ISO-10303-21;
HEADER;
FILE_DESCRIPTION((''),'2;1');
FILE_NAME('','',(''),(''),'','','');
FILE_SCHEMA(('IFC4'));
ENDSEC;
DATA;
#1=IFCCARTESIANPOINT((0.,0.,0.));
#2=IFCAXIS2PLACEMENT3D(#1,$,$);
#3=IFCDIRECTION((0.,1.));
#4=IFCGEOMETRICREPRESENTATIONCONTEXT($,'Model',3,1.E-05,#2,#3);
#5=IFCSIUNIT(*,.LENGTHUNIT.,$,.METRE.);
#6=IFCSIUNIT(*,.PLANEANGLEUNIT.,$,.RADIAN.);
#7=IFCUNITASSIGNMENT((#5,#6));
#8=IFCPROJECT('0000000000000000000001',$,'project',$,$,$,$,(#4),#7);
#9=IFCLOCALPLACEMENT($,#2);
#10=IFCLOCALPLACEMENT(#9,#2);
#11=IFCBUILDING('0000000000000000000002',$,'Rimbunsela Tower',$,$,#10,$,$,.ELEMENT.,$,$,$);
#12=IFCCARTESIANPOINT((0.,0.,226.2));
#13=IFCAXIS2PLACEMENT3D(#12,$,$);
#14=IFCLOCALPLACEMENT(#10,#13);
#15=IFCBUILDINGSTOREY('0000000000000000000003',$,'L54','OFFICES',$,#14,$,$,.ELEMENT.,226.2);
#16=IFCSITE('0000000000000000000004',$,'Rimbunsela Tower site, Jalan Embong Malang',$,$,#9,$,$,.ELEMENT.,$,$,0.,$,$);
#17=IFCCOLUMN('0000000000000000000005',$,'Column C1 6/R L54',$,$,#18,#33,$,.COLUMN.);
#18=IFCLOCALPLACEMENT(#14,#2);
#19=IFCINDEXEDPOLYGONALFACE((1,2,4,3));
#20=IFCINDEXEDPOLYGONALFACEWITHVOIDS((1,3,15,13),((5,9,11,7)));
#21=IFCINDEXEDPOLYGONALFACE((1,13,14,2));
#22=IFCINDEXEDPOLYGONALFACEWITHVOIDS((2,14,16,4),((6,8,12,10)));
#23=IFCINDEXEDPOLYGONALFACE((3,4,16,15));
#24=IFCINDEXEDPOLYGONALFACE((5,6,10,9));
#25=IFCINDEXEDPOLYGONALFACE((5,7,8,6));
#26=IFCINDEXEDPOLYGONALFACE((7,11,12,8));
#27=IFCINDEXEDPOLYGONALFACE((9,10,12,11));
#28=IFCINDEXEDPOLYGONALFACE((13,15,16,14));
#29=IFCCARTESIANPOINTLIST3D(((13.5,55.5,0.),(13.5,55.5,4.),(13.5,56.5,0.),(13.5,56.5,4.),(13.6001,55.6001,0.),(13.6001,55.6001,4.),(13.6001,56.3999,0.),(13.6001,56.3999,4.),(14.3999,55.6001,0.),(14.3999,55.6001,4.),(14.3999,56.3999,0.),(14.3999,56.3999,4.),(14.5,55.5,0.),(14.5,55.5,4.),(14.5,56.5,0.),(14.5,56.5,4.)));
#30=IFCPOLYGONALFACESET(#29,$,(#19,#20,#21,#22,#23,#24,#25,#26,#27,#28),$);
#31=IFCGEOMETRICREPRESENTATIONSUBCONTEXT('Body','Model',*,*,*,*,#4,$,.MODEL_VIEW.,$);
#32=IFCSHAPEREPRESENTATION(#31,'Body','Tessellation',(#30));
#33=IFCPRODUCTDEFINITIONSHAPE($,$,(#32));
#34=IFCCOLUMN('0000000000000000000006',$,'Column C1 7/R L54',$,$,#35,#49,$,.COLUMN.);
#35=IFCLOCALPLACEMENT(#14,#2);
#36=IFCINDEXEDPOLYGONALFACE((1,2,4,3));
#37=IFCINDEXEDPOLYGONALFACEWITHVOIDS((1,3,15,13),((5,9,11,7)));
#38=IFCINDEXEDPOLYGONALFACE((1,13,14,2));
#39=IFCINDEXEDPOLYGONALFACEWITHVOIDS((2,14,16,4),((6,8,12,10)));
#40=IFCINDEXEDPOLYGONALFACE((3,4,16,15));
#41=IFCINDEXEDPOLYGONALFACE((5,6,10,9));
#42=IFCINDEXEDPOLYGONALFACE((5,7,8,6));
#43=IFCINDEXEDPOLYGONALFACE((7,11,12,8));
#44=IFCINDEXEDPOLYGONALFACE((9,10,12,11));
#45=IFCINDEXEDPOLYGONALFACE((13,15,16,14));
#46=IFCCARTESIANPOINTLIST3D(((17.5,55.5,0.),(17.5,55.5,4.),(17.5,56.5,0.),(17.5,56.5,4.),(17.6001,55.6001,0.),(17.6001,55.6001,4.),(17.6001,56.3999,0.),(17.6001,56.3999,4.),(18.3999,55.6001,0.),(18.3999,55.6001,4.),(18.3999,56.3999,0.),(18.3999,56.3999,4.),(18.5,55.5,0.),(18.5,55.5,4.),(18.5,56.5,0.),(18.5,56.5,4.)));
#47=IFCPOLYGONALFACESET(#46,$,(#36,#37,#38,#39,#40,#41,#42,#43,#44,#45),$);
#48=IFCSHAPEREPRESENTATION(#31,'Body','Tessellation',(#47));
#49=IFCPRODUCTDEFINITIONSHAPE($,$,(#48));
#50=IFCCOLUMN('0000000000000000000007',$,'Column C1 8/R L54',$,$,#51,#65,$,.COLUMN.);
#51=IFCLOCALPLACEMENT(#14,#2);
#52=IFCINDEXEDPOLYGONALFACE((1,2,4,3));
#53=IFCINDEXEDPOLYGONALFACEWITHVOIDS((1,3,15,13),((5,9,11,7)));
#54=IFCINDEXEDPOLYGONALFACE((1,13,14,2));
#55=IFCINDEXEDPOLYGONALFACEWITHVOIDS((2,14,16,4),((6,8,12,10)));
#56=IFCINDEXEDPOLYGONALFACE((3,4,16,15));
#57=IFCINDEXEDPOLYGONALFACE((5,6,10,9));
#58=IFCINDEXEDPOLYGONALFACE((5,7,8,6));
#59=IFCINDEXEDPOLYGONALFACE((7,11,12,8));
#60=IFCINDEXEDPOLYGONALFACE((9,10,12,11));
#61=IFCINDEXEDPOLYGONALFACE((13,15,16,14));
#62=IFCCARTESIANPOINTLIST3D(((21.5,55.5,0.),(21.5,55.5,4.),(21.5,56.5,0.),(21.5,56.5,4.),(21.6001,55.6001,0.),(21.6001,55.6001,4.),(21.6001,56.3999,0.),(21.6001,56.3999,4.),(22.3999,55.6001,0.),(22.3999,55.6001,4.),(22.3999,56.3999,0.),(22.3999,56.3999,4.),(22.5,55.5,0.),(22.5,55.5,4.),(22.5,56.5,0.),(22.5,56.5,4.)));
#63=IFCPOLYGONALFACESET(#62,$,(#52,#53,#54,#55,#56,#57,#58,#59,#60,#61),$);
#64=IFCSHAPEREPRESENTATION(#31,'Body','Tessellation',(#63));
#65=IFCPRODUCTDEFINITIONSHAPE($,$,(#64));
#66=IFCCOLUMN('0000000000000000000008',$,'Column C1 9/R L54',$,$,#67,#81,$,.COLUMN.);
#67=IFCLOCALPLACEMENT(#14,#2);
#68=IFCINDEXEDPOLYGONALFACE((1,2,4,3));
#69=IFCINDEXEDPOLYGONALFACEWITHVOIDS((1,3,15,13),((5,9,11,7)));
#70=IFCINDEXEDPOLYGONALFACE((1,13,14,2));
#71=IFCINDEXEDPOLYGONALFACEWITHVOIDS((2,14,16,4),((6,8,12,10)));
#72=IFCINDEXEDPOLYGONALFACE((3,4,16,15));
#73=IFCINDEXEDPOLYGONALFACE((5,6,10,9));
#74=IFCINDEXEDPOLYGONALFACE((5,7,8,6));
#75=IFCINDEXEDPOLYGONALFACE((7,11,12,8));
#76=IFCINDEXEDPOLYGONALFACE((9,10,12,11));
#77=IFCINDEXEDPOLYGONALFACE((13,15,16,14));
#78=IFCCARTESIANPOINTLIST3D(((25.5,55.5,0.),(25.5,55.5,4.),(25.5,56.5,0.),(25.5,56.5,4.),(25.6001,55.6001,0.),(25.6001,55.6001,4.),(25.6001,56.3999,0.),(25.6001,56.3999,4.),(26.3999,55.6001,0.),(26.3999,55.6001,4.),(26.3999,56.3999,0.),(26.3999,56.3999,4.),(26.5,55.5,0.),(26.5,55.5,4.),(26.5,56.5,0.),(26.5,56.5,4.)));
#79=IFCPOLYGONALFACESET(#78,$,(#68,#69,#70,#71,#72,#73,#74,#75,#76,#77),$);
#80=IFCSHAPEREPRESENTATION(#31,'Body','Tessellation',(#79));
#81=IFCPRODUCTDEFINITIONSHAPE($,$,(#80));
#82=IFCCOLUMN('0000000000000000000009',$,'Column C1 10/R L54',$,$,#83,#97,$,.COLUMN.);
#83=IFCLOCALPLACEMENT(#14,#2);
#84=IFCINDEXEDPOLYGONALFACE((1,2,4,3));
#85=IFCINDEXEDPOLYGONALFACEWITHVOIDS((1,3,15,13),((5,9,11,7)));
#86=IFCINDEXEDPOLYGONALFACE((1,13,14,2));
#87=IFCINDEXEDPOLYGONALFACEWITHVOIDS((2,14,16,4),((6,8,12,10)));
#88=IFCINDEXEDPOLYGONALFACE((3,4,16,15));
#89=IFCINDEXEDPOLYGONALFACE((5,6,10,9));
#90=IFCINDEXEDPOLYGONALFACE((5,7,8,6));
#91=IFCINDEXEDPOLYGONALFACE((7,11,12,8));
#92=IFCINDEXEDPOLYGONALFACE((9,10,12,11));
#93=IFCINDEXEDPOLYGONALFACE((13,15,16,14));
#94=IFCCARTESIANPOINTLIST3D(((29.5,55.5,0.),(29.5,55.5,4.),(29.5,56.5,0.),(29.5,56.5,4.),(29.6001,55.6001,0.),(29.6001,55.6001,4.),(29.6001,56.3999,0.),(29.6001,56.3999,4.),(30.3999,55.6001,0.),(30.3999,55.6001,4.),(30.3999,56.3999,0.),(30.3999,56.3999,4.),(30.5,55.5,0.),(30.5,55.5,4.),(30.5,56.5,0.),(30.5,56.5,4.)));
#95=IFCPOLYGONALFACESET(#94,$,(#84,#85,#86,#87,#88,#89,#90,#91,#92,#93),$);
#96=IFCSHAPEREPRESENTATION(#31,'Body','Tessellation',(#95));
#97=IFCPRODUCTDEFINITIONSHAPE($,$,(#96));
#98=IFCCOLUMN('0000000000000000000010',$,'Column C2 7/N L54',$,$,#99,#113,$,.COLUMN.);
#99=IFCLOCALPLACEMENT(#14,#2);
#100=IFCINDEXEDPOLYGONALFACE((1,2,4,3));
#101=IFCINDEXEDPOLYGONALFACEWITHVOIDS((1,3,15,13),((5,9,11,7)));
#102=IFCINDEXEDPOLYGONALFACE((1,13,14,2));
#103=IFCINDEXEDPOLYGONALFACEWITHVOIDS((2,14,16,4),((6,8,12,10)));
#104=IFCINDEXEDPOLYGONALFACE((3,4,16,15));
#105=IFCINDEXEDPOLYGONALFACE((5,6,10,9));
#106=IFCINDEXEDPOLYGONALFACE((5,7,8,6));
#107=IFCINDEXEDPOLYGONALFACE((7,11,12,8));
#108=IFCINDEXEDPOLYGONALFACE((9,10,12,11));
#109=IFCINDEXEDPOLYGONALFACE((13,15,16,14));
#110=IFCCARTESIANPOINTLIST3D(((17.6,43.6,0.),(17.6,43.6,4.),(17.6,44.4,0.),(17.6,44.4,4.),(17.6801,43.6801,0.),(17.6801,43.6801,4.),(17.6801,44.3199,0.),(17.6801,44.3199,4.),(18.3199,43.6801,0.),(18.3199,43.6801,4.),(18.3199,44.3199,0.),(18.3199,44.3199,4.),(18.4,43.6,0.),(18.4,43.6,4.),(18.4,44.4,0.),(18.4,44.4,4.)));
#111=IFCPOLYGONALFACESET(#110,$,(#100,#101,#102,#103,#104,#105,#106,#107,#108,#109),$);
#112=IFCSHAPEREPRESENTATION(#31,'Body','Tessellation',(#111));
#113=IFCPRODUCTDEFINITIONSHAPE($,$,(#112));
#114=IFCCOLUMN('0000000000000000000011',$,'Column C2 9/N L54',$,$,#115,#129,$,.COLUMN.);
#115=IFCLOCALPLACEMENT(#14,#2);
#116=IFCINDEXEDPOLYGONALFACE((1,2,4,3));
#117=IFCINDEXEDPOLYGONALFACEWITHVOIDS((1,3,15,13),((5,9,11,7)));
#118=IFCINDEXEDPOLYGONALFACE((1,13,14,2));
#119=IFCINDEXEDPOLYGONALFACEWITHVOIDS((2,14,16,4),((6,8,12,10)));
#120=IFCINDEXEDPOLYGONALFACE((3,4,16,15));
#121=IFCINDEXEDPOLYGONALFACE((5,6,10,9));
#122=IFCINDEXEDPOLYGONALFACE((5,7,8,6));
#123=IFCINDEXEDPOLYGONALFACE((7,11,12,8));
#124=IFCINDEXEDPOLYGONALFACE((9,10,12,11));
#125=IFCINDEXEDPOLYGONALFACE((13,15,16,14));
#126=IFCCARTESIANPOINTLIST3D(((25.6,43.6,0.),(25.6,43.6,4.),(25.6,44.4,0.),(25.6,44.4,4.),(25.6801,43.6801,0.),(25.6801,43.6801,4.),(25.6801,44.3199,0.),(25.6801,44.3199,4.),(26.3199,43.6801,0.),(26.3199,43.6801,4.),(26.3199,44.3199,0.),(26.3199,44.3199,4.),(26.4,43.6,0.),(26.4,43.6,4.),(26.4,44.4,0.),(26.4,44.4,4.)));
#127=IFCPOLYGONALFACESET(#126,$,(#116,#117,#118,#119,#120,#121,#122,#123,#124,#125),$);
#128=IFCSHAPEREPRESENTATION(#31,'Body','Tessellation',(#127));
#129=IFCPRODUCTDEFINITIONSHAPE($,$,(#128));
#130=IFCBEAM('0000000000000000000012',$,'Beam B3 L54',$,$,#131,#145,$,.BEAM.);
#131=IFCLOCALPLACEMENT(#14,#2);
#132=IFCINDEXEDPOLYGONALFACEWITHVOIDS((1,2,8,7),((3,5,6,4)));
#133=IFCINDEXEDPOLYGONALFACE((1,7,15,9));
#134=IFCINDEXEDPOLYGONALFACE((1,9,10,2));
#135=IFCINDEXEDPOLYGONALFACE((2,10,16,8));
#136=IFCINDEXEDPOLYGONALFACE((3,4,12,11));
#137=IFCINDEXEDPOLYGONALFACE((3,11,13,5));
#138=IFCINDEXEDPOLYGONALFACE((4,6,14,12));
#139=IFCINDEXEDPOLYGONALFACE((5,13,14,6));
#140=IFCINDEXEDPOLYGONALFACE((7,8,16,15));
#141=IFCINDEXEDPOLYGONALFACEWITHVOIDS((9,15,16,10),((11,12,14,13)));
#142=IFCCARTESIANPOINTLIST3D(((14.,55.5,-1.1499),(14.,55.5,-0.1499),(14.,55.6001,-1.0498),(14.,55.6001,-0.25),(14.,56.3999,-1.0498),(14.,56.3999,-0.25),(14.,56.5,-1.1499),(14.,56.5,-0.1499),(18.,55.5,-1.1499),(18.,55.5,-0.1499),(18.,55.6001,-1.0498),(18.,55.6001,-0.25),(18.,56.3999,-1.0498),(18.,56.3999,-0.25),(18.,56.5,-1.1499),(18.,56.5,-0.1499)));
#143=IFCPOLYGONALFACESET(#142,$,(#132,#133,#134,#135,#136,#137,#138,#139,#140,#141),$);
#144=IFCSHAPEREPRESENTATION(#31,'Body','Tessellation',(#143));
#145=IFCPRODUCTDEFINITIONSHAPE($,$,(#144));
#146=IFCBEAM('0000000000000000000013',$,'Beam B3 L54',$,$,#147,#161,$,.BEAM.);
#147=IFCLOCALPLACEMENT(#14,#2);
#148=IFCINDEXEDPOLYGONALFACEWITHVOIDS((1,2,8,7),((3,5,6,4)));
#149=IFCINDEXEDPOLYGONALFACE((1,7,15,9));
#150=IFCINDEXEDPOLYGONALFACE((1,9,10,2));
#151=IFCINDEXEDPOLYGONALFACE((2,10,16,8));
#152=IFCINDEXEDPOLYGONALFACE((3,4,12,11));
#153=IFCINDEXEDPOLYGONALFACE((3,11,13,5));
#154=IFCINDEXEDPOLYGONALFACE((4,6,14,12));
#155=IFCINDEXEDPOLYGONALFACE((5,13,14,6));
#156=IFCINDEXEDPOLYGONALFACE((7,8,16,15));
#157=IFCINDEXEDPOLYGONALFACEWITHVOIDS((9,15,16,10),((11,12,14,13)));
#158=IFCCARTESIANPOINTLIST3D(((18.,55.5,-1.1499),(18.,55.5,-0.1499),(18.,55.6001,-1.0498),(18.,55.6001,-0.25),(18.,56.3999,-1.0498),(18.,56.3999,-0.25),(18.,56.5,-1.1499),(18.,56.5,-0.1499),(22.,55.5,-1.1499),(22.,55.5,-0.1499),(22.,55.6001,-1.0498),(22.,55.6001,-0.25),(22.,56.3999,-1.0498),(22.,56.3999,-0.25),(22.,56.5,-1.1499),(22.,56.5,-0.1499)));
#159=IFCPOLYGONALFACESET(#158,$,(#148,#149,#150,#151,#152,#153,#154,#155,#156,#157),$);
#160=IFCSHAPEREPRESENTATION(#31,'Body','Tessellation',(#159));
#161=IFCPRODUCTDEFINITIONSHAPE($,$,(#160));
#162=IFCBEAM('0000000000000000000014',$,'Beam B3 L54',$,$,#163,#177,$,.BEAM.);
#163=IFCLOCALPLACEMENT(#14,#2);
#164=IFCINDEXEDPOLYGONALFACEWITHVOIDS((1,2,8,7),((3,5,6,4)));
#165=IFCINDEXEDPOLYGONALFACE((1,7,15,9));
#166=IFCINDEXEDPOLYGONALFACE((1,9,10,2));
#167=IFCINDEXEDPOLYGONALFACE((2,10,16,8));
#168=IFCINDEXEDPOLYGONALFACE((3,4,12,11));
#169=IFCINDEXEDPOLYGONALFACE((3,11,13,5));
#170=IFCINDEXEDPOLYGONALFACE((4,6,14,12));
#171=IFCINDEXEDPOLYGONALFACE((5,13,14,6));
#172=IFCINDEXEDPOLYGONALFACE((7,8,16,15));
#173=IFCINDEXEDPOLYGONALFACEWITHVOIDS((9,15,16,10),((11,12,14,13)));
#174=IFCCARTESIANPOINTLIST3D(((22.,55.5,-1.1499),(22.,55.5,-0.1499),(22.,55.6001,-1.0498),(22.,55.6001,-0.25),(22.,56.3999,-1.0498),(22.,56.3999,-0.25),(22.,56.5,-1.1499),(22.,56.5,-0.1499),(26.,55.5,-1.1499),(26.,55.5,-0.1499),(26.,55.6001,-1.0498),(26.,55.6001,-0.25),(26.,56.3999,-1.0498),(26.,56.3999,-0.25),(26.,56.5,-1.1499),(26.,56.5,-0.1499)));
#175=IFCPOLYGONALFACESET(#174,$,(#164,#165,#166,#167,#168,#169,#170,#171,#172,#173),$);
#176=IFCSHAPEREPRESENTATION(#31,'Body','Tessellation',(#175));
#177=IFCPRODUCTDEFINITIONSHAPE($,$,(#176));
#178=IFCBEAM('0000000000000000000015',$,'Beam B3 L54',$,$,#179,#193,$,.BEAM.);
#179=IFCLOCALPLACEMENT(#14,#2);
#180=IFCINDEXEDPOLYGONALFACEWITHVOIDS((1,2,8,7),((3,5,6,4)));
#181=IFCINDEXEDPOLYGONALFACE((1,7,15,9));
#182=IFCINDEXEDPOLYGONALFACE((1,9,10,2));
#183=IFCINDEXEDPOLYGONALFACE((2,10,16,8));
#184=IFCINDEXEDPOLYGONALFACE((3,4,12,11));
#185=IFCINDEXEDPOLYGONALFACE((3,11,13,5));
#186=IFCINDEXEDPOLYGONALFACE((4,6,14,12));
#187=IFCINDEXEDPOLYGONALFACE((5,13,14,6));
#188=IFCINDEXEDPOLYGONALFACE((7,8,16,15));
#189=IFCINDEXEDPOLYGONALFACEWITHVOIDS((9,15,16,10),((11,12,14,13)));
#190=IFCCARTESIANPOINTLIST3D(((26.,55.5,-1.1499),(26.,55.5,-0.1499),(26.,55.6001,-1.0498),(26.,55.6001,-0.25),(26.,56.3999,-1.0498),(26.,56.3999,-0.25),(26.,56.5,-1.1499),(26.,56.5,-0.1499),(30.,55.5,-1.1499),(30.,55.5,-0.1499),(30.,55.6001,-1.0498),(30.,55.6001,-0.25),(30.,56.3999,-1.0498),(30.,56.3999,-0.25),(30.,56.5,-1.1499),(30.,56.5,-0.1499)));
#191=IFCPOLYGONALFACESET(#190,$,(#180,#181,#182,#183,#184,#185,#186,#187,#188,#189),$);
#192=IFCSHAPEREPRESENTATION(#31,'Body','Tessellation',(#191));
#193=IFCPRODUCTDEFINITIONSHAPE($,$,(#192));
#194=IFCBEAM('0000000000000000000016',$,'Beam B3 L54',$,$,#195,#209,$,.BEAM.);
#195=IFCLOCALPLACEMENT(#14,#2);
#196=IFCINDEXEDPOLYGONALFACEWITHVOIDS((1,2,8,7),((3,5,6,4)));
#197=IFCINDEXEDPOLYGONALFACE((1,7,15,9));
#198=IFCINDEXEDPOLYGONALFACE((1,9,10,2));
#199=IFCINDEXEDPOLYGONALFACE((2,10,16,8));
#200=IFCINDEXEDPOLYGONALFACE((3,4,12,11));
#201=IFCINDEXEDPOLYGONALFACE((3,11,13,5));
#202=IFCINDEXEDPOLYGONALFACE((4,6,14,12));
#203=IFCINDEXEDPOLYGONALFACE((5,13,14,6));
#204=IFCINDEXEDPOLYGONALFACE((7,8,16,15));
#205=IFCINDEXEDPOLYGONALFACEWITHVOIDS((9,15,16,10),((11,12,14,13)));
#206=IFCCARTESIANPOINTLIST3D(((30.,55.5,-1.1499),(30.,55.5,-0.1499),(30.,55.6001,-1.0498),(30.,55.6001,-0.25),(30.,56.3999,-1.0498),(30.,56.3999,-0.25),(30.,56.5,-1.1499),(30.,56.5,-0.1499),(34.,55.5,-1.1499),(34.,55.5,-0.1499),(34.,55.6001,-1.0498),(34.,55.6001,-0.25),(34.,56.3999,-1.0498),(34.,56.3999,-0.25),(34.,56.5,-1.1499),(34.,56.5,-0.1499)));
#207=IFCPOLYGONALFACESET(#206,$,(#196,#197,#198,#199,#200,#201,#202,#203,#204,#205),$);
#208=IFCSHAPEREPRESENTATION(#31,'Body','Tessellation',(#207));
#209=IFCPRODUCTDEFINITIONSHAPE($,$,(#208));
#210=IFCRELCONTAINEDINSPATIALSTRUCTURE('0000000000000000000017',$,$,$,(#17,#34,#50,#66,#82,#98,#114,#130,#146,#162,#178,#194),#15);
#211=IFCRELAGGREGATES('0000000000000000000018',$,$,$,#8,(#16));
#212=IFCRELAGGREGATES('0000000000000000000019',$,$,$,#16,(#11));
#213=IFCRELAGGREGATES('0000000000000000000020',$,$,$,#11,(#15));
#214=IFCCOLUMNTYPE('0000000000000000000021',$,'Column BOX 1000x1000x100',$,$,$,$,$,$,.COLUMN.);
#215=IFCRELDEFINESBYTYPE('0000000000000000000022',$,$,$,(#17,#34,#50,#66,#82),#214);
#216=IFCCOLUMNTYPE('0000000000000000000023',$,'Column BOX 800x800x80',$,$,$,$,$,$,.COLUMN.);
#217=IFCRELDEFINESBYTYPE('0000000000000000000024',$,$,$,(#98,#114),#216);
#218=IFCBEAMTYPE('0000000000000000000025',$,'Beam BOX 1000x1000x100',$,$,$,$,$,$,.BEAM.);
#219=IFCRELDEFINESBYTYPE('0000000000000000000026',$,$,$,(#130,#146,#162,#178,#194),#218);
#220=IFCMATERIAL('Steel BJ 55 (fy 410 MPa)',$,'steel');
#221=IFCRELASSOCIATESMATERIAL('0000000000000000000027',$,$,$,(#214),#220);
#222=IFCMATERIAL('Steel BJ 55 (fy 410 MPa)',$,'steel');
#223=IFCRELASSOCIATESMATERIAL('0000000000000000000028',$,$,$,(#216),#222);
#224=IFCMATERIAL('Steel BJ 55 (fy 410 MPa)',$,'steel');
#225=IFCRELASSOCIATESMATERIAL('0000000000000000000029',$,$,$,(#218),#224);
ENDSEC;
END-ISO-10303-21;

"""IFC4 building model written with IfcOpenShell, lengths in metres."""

from ifc_helpers import new_model, si_unit, direction, frame, origin, origin_2d, place, context, subcontext, project, spatial, hollow_rectangle, extrude, material, material_profile, profile_set, type_object, element, save


model = new_model("IFC4")

# Units and contexts
model_context = context("Model", 3, precision=1e-05, world=origin(), true_north=direction((0.0, 1.0)))
body_context = subcontext(model_context, "Body", "Model", "MODEL_VIEW")
ifc_project = project(units=[si_unit("LENGTHUNIT", "METRE"), si_unit("PLANEANGLEUNIT", "RADIAN")], contexts=[model_context])

# Site, building, storey
site_placement = place(None, origin())
site = spatial("IfcSite", under=ifc_project, at=site_placement, Name="Rimbunsela Tower site, Jalan Embong Malang", CompositionType="ELEMENT", RefElevation=0.0)
building_placement = place(site_placement, origin())
building = spatial("IfcBuilding", under=site, at=building_placement, Name="Rimbunsela Tower", CompositionType="ELEMENT")
storey_placement = place(building_placement, frame((0.0, 0.0, 226.2)))
storey = spatial("IfcBuildingStorey", under=building, at=storey_placement, Name="L54", Description="OFFICES", CompositionType="ELEMENT", Elevation=226.2)

# Columns
ifc_material_1 = material(Name="Steel BJ 55 (fy 410 MPa)", Category="steel")
ifc_material_profile_1 = material_profile(ifc_material_1, hollow_rectangle(XDim=1.0, YDim=1.0, WallThickness=0.1001, at=origin_2d()), Name="BOX 1000x1000x100")
ifc_profile_set_1 = profile_set([ifc_material_profile_1], Name="Steel BJ 55 (fy 410 MPa)")
column_type_1 = type_object("IfcColumnType", Name="Column BOX 1000x1000x100", PredefinedType="COLUMN", material=ifc_profile_set_1)
for number, where, z_axis, x_axis, name in (
    (1, (14.0, 56.0, 0.0), (0.0, 0.0, 1.0), (1.0, 0.0, 0.0), "Column C1 6/R L54"),
    (2, (18.0, 56.0, 0.0), (0.0, 0.0, 1.0), (1.0, 0.0, 0.0), "Column C1 7/R L54"),
    (3, (22.0, 56.0, 0.0), (0.0, 0.0, 1.0), (1.0, 0.0, 0.0), "Column C1 8/R L54"),
    (4, (26.0, 56.0, 0.0), (0.0, 0.0, 1.0), (1.0, 0.0, 0.0), "Column C1 9/R L54"),
    (5, (30.0, 56.0, 0.0), (0.0, 0.0, 1.0), (1.0, 0.0, 0.0), "Column C1 10/R L54"),
):
    element("IfcColumn", number, at=place(storey_placement, frame(where, z_axis=z_axis, x_axis=x_axis)), inside=storey, type_object=column_type_1, Name=name, PredefinedType="COLUMN", context=body_context, shape_type="SweptSolid", body=[
        extrude(hollow_rectangle(XDim=1.0, YDim=1.0, WallThickness=0.1001, at=origin_2d()), origin(), (0.0, 0.0, 1.0), 4.0),
    ])
ifc_material_2 = material(Name="Steel BJ 55 (fy 410 MPa)", Category="steel")
ifc_material_profile_2 = material_profile(ifc_material_2, hollow_rectangle(XDim=0.8, YDim=0.8, WallThickness=0.0801, at=origin_2d()), Name="BOX 800x800x80")
ifc_profile_set_2 = profile_set([ifc_material_profile_2], Name="Steel BJ 55 (fy 410 MPa)")
column_type_2 = type_object("IfcColumnType", Name="Column BOX 800x800x80", PredefinedType="COLUMN", material=ifc_profile_set_2)
for number, where, z_axis, x_axis, name in (
    (6, (18.0, 44.0, 0.0), (0.0, 0.0, 1.0), (1.0, 0.0, 0.0), "Column C2 7/N L54"),
    (7, (26.0, 44.0, 0.0), (0.0, 0.0, 1.0), (1.0, 0.0, 0.0), "Column C2 9/N L54"),
):
    element("IfcColumn", number, at=place(storey_placement, frame(where, z_axis=z_axis, x_axis=x_axis)), inside=storey, type_object=column_type_2, Name=name, PredefinedType="COLUMN", context=body_context, shape_type="SweptSolid", body=[
        extrude(hollow_rectangle(XDim=0.8, YDim=0.8, WallThickness=0.0801, at=origin_2d()), origin(), (0.0, 0.0, 1.0), 4.0),
    ])

# Beams
ifc_material_3 = material(Name="Steel BJ 55 (fy 410 MPa)", Category="steel")
ifc_material_profile_3 = material_profile(ifc_material_3, hollow_rectangle(XDim=1.0, YDim=1.0, WallThickness=0.1001, at=origin_2d()), Name="BOX 1000x1000x100")
ifc_profile_set_3 = profile_set([ifc_material_profile_3], Name="Steel BJ 55 (fy 410 MPa)")
beam_type_1 = type_object("IfcBeamType", Name="Beam BOX 1000x1000x100", PredefinedType="BEAM", material=ifc_profile_set_3)
for number, where, z_axis, x_axis, name in (
    (8, (14.0, 56.0, -0.6499), (1.0, 0.0, 0.0), (0.0, 1.0, 0.0), "Beam B3 L54"),
    (9, (18.0, 56.0, -0.6499), (1.0, 0.0, 0.0), (0.0, 1.0, 0.0), "Beam B3 L54"),
    (10, (22.0, 56.0, -0.6499), (1.0, 0.0, 0.0), (0.0, 1.0, 0.0), "Beam B3 L54"),
    (11, (26.0, 56.0, -0.6499), (1.0, 0.0, 0.0), (0.0, 1.0, 0.0), "Beam B3 L54"),
    (12, (30.0, 56.0, -0.6499), (1.0, 0.0, 0.0), (0.0, 1.0, 0.0), "Beam B3 L54"),
):
    element("IfcBeam", number, at=place(storey_placement, frame(where, z_axis=z_axis, x_axis=x_axis)), inside=storey, type_object=beam_type_1, Name=name, PredefinedType="BEAM", context=body_context, shape_type="SweptSolid", body=[
        extrude(hollow_rectangle(XDim=1.0, YDim=1.0, WallThickness=0.1001, at=origin_2d()), origin(), (0.0, 0.0, 1.0), 4.0),
    ])

save(model, "model.ifc")
